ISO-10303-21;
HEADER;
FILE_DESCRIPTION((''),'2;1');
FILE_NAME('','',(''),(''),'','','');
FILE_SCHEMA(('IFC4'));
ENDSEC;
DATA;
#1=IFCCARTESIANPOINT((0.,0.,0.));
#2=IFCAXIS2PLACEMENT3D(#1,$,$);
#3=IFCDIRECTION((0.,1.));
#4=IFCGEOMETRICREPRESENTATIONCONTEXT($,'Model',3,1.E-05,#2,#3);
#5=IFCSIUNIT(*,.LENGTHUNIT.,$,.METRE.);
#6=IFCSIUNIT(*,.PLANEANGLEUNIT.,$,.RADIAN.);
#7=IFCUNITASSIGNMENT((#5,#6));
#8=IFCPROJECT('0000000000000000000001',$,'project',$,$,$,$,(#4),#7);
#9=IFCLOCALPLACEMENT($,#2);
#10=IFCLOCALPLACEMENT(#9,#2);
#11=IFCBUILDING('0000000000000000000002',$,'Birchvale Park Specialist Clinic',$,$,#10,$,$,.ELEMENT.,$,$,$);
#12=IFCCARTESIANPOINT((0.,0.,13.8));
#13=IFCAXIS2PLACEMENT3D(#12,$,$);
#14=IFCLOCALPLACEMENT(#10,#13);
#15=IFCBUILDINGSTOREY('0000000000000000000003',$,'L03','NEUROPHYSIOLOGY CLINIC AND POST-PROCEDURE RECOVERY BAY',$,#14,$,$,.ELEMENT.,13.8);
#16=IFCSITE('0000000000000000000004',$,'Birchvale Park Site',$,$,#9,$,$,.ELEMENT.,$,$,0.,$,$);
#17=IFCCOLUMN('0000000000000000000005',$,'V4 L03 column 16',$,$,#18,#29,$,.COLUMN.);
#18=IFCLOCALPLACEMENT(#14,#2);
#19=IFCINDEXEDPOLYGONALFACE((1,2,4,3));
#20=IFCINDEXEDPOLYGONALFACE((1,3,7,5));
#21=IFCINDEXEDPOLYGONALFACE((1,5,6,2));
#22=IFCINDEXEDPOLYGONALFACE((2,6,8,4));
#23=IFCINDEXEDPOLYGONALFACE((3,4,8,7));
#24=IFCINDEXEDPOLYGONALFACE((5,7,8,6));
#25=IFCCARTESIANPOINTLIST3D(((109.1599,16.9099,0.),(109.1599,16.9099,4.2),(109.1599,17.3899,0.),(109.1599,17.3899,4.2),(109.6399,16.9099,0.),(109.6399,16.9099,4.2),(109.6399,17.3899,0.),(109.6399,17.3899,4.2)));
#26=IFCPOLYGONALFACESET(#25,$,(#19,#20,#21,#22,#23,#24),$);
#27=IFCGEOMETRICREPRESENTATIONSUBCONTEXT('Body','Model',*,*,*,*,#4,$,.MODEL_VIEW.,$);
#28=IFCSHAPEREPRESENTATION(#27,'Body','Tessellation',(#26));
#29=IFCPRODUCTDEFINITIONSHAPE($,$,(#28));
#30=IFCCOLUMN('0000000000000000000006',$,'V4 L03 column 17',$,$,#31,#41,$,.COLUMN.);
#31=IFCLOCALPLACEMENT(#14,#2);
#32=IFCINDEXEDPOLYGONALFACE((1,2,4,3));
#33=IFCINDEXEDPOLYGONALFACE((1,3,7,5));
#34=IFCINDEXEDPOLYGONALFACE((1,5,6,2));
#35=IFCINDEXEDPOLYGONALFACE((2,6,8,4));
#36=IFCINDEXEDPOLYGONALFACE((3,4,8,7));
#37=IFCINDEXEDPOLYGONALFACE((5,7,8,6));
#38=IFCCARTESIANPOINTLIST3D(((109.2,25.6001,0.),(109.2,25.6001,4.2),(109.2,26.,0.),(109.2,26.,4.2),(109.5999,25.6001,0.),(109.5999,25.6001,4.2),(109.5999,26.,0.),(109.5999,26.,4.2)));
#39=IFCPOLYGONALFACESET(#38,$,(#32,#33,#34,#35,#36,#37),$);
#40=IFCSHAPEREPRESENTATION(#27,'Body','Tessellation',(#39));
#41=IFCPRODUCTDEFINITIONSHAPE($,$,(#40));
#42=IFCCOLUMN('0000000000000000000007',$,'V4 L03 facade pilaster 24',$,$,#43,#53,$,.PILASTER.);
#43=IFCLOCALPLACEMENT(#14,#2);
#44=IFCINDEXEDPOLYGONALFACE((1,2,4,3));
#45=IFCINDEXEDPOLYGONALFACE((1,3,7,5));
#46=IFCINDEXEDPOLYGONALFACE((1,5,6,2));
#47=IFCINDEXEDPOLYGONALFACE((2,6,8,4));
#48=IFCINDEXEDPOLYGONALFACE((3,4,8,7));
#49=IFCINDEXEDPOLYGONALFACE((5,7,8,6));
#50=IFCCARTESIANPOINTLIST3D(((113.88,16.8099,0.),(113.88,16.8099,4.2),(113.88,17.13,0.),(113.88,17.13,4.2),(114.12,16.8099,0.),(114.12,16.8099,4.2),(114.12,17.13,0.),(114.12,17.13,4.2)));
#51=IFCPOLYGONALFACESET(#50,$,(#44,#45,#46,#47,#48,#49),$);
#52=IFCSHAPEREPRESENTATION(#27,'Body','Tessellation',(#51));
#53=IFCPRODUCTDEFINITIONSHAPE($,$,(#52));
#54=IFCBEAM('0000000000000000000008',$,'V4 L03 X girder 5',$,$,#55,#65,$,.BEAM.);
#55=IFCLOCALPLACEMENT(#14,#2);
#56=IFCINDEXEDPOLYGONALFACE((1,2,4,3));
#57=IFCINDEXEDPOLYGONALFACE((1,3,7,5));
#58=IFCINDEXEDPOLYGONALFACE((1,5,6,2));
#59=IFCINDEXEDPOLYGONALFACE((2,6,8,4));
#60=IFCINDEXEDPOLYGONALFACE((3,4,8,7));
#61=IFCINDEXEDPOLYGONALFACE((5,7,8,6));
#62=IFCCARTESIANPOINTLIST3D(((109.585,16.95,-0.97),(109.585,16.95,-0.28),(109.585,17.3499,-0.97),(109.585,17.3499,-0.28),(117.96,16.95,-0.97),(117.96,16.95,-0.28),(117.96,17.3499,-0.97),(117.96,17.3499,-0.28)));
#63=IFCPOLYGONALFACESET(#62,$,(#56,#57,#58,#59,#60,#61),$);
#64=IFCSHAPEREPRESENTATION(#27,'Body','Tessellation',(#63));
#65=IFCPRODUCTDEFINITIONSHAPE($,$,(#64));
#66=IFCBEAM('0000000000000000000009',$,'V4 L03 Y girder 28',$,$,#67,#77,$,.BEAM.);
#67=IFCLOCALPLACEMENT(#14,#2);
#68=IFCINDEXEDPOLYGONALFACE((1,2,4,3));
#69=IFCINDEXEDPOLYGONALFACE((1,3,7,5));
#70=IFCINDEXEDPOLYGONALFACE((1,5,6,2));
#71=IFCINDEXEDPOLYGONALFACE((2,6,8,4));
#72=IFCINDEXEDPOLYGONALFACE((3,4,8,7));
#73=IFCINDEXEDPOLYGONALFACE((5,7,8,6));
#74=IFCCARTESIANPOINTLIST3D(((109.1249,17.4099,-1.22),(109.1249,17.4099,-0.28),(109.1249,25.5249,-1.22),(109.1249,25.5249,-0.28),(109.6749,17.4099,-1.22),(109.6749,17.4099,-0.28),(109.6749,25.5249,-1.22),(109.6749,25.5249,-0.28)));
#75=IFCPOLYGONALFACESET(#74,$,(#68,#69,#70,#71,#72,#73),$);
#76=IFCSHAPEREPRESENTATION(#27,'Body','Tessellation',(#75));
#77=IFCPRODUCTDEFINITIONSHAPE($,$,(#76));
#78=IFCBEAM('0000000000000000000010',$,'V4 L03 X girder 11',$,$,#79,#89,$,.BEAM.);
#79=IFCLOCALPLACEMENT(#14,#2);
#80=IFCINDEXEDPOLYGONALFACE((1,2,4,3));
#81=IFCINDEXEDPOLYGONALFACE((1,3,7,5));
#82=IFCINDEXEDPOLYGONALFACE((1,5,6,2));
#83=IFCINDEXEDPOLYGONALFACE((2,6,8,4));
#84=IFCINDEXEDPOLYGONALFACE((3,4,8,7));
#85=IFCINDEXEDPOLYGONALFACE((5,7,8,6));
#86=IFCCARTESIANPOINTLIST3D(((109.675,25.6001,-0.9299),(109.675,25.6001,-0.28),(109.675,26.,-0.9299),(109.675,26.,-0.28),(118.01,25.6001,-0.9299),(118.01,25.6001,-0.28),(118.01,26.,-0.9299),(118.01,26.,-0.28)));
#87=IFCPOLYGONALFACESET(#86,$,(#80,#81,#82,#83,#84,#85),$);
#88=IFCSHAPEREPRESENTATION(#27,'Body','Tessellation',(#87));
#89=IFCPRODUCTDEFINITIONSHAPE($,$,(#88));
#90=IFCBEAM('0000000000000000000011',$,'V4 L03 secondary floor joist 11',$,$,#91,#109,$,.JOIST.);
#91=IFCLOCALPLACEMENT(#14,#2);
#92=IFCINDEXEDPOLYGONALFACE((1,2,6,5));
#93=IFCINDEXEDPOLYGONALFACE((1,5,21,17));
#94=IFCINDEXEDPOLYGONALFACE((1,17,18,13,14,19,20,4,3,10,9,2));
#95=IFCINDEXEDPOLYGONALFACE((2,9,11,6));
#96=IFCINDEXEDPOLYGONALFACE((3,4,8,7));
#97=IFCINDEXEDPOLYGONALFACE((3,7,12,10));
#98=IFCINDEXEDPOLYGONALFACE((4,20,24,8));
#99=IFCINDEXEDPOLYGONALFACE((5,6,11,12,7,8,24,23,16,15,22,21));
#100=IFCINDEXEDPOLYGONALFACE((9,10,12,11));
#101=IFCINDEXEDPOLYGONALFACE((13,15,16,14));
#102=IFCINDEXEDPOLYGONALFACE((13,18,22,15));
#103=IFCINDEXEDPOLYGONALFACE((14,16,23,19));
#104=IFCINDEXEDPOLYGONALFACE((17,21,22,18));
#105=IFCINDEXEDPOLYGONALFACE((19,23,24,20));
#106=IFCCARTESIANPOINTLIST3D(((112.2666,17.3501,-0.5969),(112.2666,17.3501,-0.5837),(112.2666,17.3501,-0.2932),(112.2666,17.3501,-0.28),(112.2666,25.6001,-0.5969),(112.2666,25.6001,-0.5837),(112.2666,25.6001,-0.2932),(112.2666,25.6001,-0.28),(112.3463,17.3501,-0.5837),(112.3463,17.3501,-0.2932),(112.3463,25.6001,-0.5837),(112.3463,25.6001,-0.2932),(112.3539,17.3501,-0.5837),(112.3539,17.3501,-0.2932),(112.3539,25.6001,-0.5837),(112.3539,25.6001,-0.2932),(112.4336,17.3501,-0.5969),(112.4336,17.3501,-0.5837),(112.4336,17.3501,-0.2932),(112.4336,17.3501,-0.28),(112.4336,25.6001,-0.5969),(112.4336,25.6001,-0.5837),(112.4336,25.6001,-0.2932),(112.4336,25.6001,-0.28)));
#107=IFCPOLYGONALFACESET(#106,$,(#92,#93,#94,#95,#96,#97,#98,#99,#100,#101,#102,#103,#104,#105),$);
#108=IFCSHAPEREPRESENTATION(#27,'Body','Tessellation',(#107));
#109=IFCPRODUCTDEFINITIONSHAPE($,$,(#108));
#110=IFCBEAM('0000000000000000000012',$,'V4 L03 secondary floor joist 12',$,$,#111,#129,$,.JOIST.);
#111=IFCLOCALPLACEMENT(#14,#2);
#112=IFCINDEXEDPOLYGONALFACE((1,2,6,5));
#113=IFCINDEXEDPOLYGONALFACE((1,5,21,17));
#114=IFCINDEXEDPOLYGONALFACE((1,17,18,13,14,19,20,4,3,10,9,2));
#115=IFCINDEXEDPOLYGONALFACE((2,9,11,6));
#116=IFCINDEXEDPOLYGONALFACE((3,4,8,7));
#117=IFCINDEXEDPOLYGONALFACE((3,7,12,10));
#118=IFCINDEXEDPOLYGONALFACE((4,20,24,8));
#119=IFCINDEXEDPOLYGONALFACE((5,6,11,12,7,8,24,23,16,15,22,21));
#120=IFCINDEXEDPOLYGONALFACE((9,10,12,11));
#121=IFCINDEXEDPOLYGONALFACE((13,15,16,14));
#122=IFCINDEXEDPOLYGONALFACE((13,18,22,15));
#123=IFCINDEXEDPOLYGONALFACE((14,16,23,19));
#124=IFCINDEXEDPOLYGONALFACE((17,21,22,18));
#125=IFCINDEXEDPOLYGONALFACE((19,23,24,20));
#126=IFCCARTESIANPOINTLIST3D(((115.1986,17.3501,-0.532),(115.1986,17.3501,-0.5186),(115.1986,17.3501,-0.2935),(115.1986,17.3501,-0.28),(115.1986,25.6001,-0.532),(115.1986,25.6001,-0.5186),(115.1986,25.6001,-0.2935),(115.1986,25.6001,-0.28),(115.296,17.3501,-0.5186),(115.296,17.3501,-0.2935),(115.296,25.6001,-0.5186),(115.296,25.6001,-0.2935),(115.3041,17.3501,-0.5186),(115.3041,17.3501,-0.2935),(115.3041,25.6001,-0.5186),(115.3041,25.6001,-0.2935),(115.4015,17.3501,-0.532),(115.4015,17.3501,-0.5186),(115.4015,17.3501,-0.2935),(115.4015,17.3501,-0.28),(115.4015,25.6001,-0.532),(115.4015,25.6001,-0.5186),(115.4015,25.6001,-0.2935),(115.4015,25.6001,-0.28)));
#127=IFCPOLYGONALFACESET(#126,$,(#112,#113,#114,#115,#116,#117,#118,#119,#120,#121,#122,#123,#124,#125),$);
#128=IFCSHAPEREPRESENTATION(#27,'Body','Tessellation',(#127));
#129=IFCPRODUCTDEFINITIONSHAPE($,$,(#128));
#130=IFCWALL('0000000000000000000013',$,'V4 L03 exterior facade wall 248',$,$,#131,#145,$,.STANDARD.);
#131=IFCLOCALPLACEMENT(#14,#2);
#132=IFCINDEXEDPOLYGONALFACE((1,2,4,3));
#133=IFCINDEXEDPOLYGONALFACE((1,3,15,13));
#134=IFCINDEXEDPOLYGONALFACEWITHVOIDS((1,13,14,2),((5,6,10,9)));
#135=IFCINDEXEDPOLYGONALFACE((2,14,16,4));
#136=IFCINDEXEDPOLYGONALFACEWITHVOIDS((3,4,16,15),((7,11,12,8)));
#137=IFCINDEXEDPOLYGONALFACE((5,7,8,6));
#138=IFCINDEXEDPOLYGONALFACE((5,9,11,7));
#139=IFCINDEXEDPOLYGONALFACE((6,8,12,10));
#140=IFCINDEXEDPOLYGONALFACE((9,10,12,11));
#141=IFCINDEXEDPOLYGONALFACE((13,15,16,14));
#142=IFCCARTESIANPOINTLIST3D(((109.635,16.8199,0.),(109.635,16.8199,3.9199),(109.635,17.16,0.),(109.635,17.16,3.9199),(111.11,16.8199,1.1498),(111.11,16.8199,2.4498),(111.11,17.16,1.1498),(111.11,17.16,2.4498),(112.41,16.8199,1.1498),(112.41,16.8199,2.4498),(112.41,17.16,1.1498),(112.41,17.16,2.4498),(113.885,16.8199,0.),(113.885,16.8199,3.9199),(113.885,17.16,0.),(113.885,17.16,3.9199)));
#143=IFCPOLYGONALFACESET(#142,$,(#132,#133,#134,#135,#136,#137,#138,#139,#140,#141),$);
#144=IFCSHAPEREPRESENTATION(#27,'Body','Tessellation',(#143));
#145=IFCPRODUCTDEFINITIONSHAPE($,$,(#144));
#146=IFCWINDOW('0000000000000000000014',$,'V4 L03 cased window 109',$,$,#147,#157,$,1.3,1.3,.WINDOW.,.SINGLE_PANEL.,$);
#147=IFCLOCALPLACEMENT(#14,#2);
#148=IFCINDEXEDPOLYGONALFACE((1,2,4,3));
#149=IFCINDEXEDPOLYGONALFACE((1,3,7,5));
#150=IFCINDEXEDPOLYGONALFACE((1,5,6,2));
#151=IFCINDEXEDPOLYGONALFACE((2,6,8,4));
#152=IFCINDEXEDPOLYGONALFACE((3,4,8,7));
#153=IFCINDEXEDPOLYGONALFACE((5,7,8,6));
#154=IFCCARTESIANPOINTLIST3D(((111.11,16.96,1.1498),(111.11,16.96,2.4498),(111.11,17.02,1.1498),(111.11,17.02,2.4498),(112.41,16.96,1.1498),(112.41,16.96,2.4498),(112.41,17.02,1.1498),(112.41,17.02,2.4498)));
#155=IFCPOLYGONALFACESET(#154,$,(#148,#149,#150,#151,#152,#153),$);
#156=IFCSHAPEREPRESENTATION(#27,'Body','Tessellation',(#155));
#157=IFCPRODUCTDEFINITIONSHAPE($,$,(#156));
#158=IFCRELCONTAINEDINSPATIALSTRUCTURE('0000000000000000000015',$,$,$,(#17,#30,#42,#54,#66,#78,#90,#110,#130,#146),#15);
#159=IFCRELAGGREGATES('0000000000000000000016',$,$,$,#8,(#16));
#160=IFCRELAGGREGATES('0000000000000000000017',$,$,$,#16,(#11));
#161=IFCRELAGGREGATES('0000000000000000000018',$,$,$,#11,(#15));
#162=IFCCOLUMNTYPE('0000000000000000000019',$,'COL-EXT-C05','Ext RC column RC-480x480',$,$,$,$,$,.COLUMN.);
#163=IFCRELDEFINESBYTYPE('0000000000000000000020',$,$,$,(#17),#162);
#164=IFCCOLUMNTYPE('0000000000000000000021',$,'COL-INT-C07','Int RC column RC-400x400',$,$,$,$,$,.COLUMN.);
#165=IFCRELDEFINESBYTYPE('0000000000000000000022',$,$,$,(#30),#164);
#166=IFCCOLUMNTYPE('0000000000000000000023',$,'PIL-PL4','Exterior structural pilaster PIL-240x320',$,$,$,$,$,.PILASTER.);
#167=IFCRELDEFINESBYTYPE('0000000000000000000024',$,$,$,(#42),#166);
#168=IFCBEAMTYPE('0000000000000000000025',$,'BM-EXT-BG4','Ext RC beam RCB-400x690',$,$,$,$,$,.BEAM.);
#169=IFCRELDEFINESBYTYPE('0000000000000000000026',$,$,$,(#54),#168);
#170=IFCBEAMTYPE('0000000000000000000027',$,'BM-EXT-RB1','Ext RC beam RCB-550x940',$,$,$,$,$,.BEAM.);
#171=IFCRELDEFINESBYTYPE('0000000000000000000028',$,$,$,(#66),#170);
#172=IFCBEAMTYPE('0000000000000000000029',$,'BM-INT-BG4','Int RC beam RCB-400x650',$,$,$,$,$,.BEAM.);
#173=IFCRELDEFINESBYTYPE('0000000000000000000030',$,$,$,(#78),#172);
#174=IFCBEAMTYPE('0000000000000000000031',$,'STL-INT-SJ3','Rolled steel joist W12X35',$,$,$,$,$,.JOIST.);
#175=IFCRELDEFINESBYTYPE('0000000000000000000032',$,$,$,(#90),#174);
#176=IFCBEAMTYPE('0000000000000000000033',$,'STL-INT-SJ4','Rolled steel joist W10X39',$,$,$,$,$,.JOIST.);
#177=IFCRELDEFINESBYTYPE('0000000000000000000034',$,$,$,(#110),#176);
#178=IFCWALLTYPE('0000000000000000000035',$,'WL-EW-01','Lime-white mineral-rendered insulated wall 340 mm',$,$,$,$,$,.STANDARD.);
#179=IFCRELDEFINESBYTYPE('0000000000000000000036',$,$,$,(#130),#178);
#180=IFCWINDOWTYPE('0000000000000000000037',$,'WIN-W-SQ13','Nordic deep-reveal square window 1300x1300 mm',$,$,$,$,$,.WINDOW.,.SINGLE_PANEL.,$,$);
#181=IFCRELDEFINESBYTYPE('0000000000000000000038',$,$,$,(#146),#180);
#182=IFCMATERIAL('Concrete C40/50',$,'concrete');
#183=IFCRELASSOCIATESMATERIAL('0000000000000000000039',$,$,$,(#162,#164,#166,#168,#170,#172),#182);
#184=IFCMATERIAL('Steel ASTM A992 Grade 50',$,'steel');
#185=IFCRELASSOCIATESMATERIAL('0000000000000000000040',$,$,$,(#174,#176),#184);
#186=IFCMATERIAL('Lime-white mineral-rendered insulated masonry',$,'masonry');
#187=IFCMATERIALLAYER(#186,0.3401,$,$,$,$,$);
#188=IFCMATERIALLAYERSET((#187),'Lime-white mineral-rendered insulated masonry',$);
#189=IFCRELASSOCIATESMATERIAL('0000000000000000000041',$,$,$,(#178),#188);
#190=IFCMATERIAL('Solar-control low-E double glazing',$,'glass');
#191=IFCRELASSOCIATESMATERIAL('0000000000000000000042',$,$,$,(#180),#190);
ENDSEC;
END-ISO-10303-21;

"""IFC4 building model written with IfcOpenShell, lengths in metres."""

from ifc_helpers import new_model, si_unit, direction, frame, frame_2d, origin, origin_2d, place, context, subcontext, project, spatial, rectangle, i_section, extrude, material, layer, layer_set, material_profile, profile_set, type_object, element, fill, save


model = new_model("IFC4")

# Units and contexts
model_context = context("Model", 3, precision=1e-05, world=origin(), true_north=direction((0.0, 1.0)))
body_context = subcontext(model_context, "Body", "Model", "MODEL_VIEW")
ifc_project = project(units=[si_unit("LENGTHUNIT", "METRE"), si_unit("PLANEANGLEUNIT", "RADIAN")], contexts=[model_context])

# Site, building, storey
site_placement = place(None, origin())
site = spatial("IfcSite", under=ifc_project, at=site_placement, Name="Birchvale Park Site", CompositionType="ELEMENT", RefElevation=0.0)
building_placement = place(site_placement, origin())
building = spatial("IfcBuilding", under=site, at=building_placement, Name="Birchvale Park Specialist Clinic", CompositionType="ELEMENT")
storey_placement = place(building_placement, frame((0.0, 0.0, 13.8)))
storey = spatial("IfcBuildingStorey", under=building, at=storey_placement, Name="L03", Description="NEUROPHYSIOLOGY CLINIC AND POST-PROCEDURE RECOVERY BAY", CompositionType="ELEMENT", Elevation=13.8)

# Columns
ifc_material_1 = material(Name="Concrete C40/50", Category="concrete")
ifc_material_profile_1 = material_profile(ifc_material_1, rectangle(XDim=0.48, YDim=0.48, at=origin_2d()), Name="RC-480x480")
ifc_profile_set_1 = profile_set([ifc_material_profile_1], Name="Concrete C40/50")
column_type_1 = type_object("IfcColumnType", Name="COL-EXT-C05", Description="Ext RC column RC-480x480", PredefinedType="COLUMN", material=ifc_profile_set_1)
column_1_placement = place(storey_placement, frame((109.3999, 17.1499, 0.0), z_axis=(0.0, 0.0, 1.0), x_axis=(1.0, 0.0, 0.0)))
element("IfcColumn", 1, at=column_1_placement, inside=storey, type_object=column_type_1, Name="V4 L03 column 16", PredefinedType="COLUMN", context=body_context, shape_type="SweptSolid", body=[
    extrude(rectangle(XDim=0.48, YDim=0.48, at=origin_2d()), origin(), (0.0, 0.0, 1.0), 4.2),
])
ifc_material_profile_2 = material_profile(ifc_material_1, rectangle(XDim=0.3999, YDim=0.3999, at=origin_2d()), Name="RC-400x400")
ifc_profile_set_2 = profile_set([ifc_material_profile_2], Name="Concrete C40/50")
column_type_2 = type_object("IfcColumnType", Name="COL-INT-C07", Description="Int RC column RC-400x400", PredefinedType="COLUMN", material=ifc_profile_set_2)
column_2_placement = place(storey_placement, frame((109.3999, 25.8, 0.0), z_axis=(0.0, 0.0, 1.0), x_axis=(1.0, 0.0, 0.0)))
element("IfcColumn", 2, at=column_2_placement, inside=storey, type_object=column_type_2, Name="V4 L03 column 17", PredefinedType="COLUMN", context=body_context, shape_type="SweptSolid", body=[
    extrude(rectangle(XDim=0.3999, YDim=0.3999, at=origin_2d()), origin(), (0.0, 0.0, 1.0), 4.2),
])
ifc_material_profile_3 = material_profile(ifc_material_1, rectangle(XDim=0.24, YDim=0.3201, at=origin_2d()), Name="PIL-240x320")
ifc_profile_set_3 = profile_set([ifc_material_profile_3], Name="Concrete C40/50")
column_type_3 = type_object("IfcColumnType", Name="PIL-PL4", Description="Exterior structural pilaster PIL-240x320", PredefinedType="PILASTER", material=ifc_profile_set_3)
column_3_placement = place(storey_placement, frame((114.0, 16.97, 0.0), z_axis=(0.0, 0.0, 1.0), x_axis=(1.0, 0.0, 0.0)))
element("IfcColumn", 3, at=column_3_placement, inside=storey, type_object=column_type_3, Name="V4 L03 facade pilaster 24", PredefinedType="PILASTER", context=body_context, shape_type="SweptSolid", body=[
    extrude(rectangle(XDim=0.24, YDim=0.3201, at=origin_2d()), origin(), (0.0, 0.0, 1.0), 4.2),
])

# Beams
ifc_material_profile_4 = material_profile(ifc_material_1, rectangle(XDim=0.3999, YDim=0.6899, at=origin_2d()), Name="RCB-400x690")
ifc_profile_set_4 = profile_set([ifc_material_profile_4], Name="Concrete C40/50")
beam_type_1 = type_object("IfcBeamType", Name="BM-EXT-BG4", Description="Ext RC beam RCB-400x690", PredefinedType="BEAM", material=ifc_profile_set_4)
beam_1_placement = place(storey_placement, frame((109.585, 17.1499, -0.625), z_axis=(1.0, 0.0, 0.0), x_axis=(0.0, 1.0, 0.0)))
element("IfcBeam", 4, at=beam_1_placement, inside=storey, type_object=beam_type_1, Name="V4 L03 X girder 5", PredefinedType="BEAM", context=body_context, shape_type="SweptSolid", body=[
    extrude(rectangle(XDim=0.3999, YDim=0.6899, at=origin_2d()), origin(), (0.0, 0.0, 1.0), 8.375),
])
ifc_material_profile_5 = material_profile(ifc_material_1, rectangle(XDim=0.55, YDim=0.9399, at=origin_2d()), Name="RCB-550x940")
ifc_profile_set_5 = profile_set([ifc_material_profile_5], Name="Concrete C40/50")
beam_type_2 = type_object("IfcBeamType", Name="BM-EXT-RB1", Description="Ext RC beam RCB-550x940", PredefinedType="BEAM", material=ifc_profile_set_5)
beam_2_placement = place(storey_placement, frame((109.3999, 17.4099, -0.75), z_axis=(0.0, 1.0, 0.0), x_axis=(-1.0, 0.0, 0.0)))
element("IfcBeam", 5, at=beam_2_placement, inside=storey, type_object=beam_type_2, Name="V4 L03 Y girder 28", PredefinedType="BEAM", context=body_context, shape_type="SweptSolid", body=[
    extrude(rectangle(XDim=0.55, YDim=0.9399, at=origin_2d()), origin(), (0.0, 0.0, 1.0), 8.115),
])
ifc_material_profile_6 = material_profile(ifc_material_1, rectangle(XDim=0.3999, YDim=0.6499, at=origin_2d()), Name="RCB-400x650")
ifc_profile_set_6 = profile_set([ifc_material_profile_6], Name="Concrete C40/50")
beam_type_3 = type_object("IfcBeamType", Name="BM-INT-BG4", Description="Int RC beam RCB-400x650", PredefinedType="BEAM", material=ifc_profile_set_6)
beam_3_placement = place(storey_placement, frame((109.675, 25.8, -0.605), z_axis=(1.0, 0.0, 0.0), x_axis=(0.0, 1.0, 0.0)))
element("IfcBeam", 6, at=beam_3_placement, inside=storey, type_object=beam_type_3, Name="V4 L03 X girder 11", PredefinedType="BEAM", context=body_context, shape_type="SweptSolid", body=[
    extrude(rectangle(XDim=0.3999, YDim=0.6499, at=origin_2d()), origin(), (0.0, 0.0, 1.0), 8.335),
])
ifc_material_2 = material(Name="Steel ASTM A992 Grade 50", Category="steel")
ifc_material_profile_7 = material_profile(ifc_material_2, i_section(OverallWidth=0.167, OverallDepth=0.3169, WebThickness=0.0076, FlangeThickness=0.0132, at=origin_2d()), Name="W12X35")
ifc_profile_set_7 = profile_set([ifc_material_profile_7], Name="Steel ASTM A992 Grade 50")
beam_type_4 = type_object("IfcBeamType", Name="STL-INT-SJ3", Description="Rolled steel joist W12X35", PredefinedType="JOIST", material=ifc_profile_set_7)
beam_4_placement = place(storey_placement, frame((112.3501, 17.3501, -0.4385), z_axis=(0.0, 1.0, 0.0), x_axis=(-1.0, 0.0, 0.0)))
element("IfcBeam", 7, at=beam_4_placement, inside=storey, type_object=beam_type_4, Name="V4 L03 secondary floor joist 11", PredefinedType="JOIST", context=body_context, shape_type="SweptSolid", body=[
    extrude(i_section(OverallWidth=0.167, OverallDepth=0.3169, WebThickness=0.0076, FlangeThickness=0.0132, at=origin_2d()), origin(), (0.0, 0.0, 1.0), 8.25),
])
ifc_material_profile_8 = material_profile(ifc_material_2, i_section(OverallWidth=0.2029, OverallDepth=0.252, WebThickness=0.0081, FlangeThickness=0.0134, at=origin_2d()), Name="W10X39")
ifc_profile_set_8 = profile_set([ifc_material_profile_8], Name="Steel ASTM A992 Grade 50")
beam_type_5 = type_object("IfcBeamType", Name="STL-INT-SJ4", Description="Rolled steel joist W10X39", PredefinedType="JOIST", material=ifc_profile_set_8)
beam_5_placement = place(storey_placement, frame((115.3, 17.3501, -0.406), z_axis=(0.0, 1.0, 0.0), x_axis=(-1.0, 0.0, 0.0)))
element("IfcBeam", 8, at=beam_5_placement, inside=storey, type_object=beam_type_5, Name="V4 L03 secondary floor joist 12", PredefinedType="JOIST", context=body_context, shape_type="SweptSolid", body=[
    extrude(i_section(OverallWidth=0.2029, OverallDepth=0.252, WebThickness=0.0081, FlangeThickness=0.0134, at=origin_2d()), origin(), (0.0, 0.0, 1.0), 8.25),
])

# Wall, opening, window
ifc_material_3 = material(Name="Lime-white mineral-rendered insulated masonry", Category="masonry")
ifc_layer_1 = layer(ifc_material_3, 0.3401)
ifc_layer_set_1 = layer_set([ifc_layer_1], Name="Lime-white mineral-rendered insulated masonry")
wall_type_1 = type_object("IfcWallType", Name="WL-EW-01", Description="Lime-white mineral-rendered insulated wall 340 mm", PredefinedType="STANDARD", material=ifc_layer_set_1)
wall_1_placement = place(storey_placement, frame((109.635, 16.99, 0.0), z_axis=(0.0, 0.0, 1.0), x_axis=(1.0, 0.0, 0.0)))
wall_1 = element("IfcWall", 9, at=wall_1_placement, inside=storey, type_object=wall_type_1, Name="V4 L03 exterior facade wall 248", PredefinedType="STANDARD", context=body_context, shape_type="SweptSolid", body=[
    extrude(rectangle(XDim=4.25, YDim=0.3401, at=frame_2d((2.125, 0.0))), origin(), (0.0, 0.0, 1.0), 3.9199),
])
opening_1_placement = place(wall_1_placement, frame((1.4751, 0.0, 1.1499)))
opening_1 = element("IfcOpeningElement", 10, at=opening_1_placement, cuts=wall_1, PredefinedType="OPENING", context=body_context, shape_type="SweptSolid", body=[
    extrude(rectangle(XDim=1.3, YDim=1.3, at=frame_2d((0.6499, 0.6499))), frame((0.0, 0.1802, 0.0), z_axis=(0.0, -1.0, 0.0), x_axis=(1.0, 0.0, 0.0)), (0.0, 0.0, 1.0), 0.3601),
])
ifc_material_4 = material(Name="Solar-control low-E double glazing", Category="glass")
window_type_1 = type_object("IfcWindowType", Name="WIN-W-SQ13", Description="Nordic deep-reveal square window 1300x1300 mm", PartitioningType="SINGLE_PANEL", PredefinedType="WINDOW", material=ifc_material_4)
window_1_placement = place(opening_1_placement, origin())
window_1 = element("IfcWindow", 11, at=window_1_placement, inside=storey, type_object=window_type_1, Name="V4 L03 cased window 109", OverallHeight=1.3, OverallWidth=1.3, PartitioningType="SINGLE_PANEL", PredefinedType="WINDOW", context=body_context, shape_type="SweptSolid", body=[
    extrude(rectangle(XDim=1.3, YDim=1.3, at=frame_2d((0.6499, 0.6499))), frame((0.0, 0.03, 0.0), z_axis=(0.0, -1.0, 0.0), x_axis=(1.0, 0.0, 0.0)), (0.0, 0.0, 1.0), 0.0601),
])
fill(opening_1, window_1)

save(model, "model.ifc")
